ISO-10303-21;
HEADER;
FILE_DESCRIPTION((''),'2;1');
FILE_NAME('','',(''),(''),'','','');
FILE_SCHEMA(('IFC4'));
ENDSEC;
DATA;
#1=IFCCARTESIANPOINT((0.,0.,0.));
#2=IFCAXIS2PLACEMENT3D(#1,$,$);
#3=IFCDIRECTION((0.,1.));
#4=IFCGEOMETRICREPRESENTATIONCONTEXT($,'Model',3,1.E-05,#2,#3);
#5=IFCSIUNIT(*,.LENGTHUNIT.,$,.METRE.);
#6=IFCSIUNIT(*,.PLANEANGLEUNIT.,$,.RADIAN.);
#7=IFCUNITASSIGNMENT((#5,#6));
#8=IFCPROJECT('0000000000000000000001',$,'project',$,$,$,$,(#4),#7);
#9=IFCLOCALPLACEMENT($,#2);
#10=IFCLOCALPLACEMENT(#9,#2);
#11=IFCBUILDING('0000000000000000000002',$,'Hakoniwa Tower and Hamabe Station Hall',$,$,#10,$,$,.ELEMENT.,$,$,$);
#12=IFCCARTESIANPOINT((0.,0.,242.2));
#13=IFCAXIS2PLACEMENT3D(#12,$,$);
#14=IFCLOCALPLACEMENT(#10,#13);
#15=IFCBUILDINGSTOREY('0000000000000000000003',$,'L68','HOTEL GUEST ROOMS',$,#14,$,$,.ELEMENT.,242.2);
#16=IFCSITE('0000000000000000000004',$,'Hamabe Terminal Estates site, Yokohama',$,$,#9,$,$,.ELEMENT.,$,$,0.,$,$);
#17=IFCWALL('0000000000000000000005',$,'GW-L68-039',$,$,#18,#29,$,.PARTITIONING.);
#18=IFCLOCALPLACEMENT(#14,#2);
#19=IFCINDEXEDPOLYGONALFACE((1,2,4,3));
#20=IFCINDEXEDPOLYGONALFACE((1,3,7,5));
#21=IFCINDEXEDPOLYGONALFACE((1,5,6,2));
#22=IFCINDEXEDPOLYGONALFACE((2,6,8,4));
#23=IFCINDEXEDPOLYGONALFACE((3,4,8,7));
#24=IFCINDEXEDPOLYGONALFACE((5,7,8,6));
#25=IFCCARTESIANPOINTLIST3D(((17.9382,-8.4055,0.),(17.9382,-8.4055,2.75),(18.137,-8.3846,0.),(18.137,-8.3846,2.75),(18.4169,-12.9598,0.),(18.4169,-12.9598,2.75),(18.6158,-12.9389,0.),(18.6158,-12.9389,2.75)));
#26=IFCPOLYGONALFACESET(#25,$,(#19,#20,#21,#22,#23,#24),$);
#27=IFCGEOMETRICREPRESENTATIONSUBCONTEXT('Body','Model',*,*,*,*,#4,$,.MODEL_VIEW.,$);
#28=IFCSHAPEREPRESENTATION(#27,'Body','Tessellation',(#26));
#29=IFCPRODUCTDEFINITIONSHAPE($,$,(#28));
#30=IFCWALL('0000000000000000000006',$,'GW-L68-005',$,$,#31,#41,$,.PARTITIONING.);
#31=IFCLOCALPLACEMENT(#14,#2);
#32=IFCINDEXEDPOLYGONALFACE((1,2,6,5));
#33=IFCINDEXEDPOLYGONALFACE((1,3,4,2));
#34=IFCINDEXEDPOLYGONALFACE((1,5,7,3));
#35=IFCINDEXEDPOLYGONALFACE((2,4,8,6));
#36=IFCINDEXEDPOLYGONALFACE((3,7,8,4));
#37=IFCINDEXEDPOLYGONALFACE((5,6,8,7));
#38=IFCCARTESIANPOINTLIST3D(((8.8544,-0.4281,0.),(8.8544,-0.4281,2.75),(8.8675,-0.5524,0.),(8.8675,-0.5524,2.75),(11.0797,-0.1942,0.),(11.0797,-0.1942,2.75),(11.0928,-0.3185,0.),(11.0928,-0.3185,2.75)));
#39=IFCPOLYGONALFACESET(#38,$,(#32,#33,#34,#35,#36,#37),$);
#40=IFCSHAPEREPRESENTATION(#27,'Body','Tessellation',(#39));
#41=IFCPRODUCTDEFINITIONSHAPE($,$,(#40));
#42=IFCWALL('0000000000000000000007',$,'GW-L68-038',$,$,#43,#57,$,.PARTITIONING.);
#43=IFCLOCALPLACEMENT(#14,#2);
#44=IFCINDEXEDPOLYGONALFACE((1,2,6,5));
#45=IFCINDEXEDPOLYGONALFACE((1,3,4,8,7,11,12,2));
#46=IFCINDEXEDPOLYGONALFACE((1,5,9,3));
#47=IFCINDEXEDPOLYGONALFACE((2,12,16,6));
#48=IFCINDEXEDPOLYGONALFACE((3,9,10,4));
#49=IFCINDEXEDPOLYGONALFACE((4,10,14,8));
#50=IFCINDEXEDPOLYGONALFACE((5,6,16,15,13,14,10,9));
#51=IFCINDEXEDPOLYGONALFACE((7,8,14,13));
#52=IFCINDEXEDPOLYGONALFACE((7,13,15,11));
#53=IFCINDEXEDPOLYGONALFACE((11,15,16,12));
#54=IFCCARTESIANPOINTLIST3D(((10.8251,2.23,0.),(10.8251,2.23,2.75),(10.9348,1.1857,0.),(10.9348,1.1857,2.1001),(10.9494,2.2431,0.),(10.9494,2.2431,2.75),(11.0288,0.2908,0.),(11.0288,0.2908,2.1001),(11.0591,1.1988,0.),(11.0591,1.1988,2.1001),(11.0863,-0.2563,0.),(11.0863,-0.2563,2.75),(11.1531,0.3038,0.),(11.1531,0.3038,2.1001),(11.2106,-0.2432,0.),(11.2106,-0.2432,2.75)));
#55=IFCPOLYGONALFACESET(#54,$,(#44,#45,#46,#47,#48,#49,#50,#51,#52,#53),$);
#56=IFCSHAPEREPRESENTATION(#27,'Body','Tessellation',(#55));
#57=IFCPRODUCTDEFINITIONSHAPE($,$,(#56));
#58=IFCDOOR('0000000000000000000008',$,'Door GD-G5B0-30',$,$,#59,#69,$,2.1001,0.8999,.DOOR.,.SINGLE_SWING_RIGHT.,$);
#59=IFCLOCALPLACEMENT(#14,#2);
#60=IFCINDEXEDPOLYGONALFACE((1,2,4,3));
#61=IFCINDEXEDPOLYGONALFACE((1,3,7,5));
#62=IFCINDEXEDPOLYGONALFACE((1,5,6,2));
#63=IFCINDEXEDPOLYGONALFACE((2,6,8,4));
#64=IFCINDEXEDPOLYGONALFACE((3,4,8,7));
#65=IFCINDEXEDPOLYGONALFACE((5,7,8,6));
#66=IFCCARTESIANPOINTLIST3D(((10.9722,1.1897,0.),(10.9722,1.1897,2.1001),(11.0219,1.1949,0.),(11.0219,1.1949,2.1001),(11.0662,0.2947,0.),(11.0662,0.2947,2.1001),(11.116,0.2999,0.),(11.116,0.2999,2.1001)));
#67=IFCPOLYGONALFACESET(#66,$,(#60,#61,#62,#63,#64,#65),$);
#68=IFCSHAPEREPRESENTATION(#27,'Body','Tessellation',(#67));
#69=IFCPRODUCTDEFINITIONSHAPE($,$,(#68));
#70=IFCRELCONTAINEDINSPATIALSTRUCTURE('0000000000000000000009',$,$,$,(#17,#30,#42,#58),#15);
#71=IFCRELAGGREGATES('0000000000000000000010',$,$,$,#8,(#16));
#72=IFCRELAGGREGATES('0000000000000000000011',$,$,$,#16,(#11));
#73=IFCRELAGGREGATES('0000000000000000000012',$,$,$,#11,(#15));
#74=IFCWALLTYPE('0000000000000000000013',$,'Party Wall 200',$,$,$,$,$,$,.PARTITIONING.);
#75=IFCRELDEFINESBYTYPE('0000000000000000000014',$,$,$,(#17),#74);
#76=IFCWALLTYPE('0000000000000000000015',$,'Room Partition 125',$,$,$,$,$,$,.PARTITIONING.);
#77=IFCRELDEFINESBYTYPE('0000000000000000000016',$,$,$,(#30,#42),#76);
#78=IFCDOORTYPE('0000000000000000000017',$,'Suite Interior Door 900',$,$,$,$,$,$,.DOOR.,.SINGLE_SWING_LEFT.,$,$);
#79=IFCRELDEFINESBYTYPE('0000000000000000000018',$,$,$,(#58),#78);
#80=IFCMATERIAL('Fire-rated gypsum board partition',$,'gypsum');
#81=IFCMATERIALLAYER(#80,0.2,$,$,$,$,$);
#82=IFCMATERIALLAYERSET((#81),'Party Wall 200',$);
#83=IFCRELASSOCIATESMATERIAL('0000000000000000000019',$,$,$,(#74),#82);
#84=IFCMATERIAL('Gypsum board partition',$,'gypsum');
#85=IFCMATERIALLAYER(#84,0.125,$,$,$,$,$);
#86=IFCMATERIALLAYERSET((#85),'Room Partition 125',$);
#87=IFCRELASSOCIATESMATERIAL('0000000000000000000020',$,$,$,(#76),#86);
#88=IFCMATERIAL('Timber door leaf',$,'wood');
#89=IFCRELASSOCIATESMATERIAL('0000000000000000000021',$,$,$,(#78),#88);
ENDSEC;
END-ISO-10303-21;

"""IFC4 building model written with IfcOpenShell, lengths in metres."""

from ifc_helpers import new_model, si_unit, direction, frame, frame_2d, origin, place, context, subcontext, project, spatial, rectangle, extrude, material, layer, layer_set, type_object, element, fill, save


model = new_model("IFC4")

# Units and contexts
model_context = context("Model", 3, precision=1e-05, world=origin(), true_north=direction((0.0, 1.0)))
body_context = subcontext(model_context, "Body", "Model", "MODEL_VIEW")
ifc_project = project(units=[si_unit("LENGTHUNIT", "METRE"), si_unit("PLANEANGLEUNIT", "RADIAN")], contexts=[model_context])

# Site, building, storey
site_placement = place(None, origin())
site = spatial("IfcSite", under=ifc_project, at=site_placement, Name="Hamabe Terminal Estates site, Yokohama", CompositionType="ELEMENT", RefElevation=0.0)
building_placement = place(site_placement, origin())
building = spatial("IfcBuilding", under=site, at=building_placement, Name="Hakoniwa Tower and Hamabe Station Hall", CompositionType="ELEMENT")
storey_placement = place(building_placement, frame((0.0, 0.0, 242.2)))
storey = spatial("IfcBuildingStorey", under=building, at=storey_placement, Name="L68", Description="HOTEL GUEST ROOMS", CompositionType="ELEMENT", Elevation=242.2)

# Walls
ifc_material_1 = material(Name="Fire-rated gypsum board partition", Category="gypsum")
ifc_layer_1 = layer(ifc_material_1, 0.2)
ifc_layer_set_1 = layer_set([ifc_layer_1], Name="Party Wall 200")
wall_type_1 = type_object("IfcWallType", Name="Party Wall 200", PredefinedType="PARTITIONING", material=ifc_layer_set_1)
wall_1_placement = place(storey_placement, frame((18.5164, -12.9492, 0.0), z_axis=(0.0, 0.0, 1.0), x_axis=(-0.104549, 0.99452, 0.0)))
element("IfcWall", 1, at=wall_1_placement, inside=storey, type_object=wall_type_1, Name="GW-L68-039", PredefinedType="PARTITIONING", context=body_context, shape_type="SweptSolid", body=[
    extrude(rectangle(XDim=4.5793, YDim=0.2, at=frame_2d((2.2896, 0.0))), origin(), (0.0, 0.0, 1.0), 2.75),
])
ifc_material_2 = material(Name="Gypsum board partition", Category="gypsum")
ifc_layer_2 = layer(ifc_material_2, 0.125)
ifc_layer_set_2 = layer_set([ifc_layer_2], Name="Room Partition 125")
wall_type_2 = type_object("IfcWallType", Name="Room Partition 125", PredefinedType="PARTITIONING", material=ifc_layer_set_2)
wall_2_placement = place(storey_placement, frame((8.8611, -0.4902, 0.0), z_axis=(0.0, 0.0, 1.0), x_axis=(0.994522, 0.104526, 0.0)))
element("IfcWall", 2, at=wall_2_placement, inside=storey, type_object=wall_type_2, Name="GW-L68-005", PredefinedType="PARTITIONING", context=body_context, shape_type="SweptSolid", body=[
    extrude(rectangle(XDim=2.2375, YDim=0.125, at=frame_2d((1.1187, 0.0))), origin(), (0.0, 0.0, 1.0), 2.75),
])

# Wall, opening, door
wall_3_placement = place(storey_placement, frame((11.1484, -0.2498, 0.0), z_axis=(0.0, 0.0, 1.0), x_axis=(-0.104492, 0.994526, 0.0)))
wall_3 = element("IfcWall", 3, at=wall_3_placement, inside=storey, type_object=wall_type_2, Name="GW-L68-038", PredefinedType="PARTITIONING", context=body_context, shape_type="SweptSolid", body=[
    extrude(rectangle(XDim=2.5, YDim=0.125, at=frame_2d((1.25, 0.0))), origin(), (0.0, 0.0, 1.0), 2.75),
])
opening_1_placement = place(wall_3_placement, frame((0.55, 0.0, 0.0)))
opening_1 = element("IfcOpeningElement", 4, at=opening_1_placement, cuts=wall_3, PredefinedType="OPENING", context=body_context, shape_type="SweptSolid", body=[
    extrude(rectangle(XDim=0.8999, YDim=2.1001, at=frame_2d((0.45, 1.05))), frame((0.0, 0.0725, 0.0), z_axis=(0.0, -1.0, 0.0), x_axis=(1.0, 0.0, 0.0)), (0.0, 0.0, 1.0), 0.145),
])
ifc_material_3 = material(Name="Timber door leaf", Category="wood")
door_type_1 = type_object("IfcDoorType", Name="Suite Interior Door 900", OperationType="SINGLE_SWING_LEFT", PredefinedType="DOOR", material=ifc_material_3)
door_1_placement = place(opening_1_placement, origin())
door_1 = element("IfcDoor", 5, at=door_1_placement, inside=storey, type_object=door_type_1, Name="Door GD-G5B0-30", OperationType="SINGLE_SWING_RIGHT", OverallHeight=2.1001, OverallWidth=0.8999, PredefinedType="DOOR", context=body_context, shape_type="SweptSolid", body=[
    extrude(rectangle(XDim=0.8999, YDim=2.1001, at=frame_2d((0.45, 1.05))), frame((0.0, 0.0249, 0.0), z_axis=(0.0, -1.0, 0.0), x_axis=(1.0, 0.0, 0.0)), (0.0, 0.0, 1.0), 0.05),
])
fill(opening_1, door_1)

save(model, "model.ifc")
